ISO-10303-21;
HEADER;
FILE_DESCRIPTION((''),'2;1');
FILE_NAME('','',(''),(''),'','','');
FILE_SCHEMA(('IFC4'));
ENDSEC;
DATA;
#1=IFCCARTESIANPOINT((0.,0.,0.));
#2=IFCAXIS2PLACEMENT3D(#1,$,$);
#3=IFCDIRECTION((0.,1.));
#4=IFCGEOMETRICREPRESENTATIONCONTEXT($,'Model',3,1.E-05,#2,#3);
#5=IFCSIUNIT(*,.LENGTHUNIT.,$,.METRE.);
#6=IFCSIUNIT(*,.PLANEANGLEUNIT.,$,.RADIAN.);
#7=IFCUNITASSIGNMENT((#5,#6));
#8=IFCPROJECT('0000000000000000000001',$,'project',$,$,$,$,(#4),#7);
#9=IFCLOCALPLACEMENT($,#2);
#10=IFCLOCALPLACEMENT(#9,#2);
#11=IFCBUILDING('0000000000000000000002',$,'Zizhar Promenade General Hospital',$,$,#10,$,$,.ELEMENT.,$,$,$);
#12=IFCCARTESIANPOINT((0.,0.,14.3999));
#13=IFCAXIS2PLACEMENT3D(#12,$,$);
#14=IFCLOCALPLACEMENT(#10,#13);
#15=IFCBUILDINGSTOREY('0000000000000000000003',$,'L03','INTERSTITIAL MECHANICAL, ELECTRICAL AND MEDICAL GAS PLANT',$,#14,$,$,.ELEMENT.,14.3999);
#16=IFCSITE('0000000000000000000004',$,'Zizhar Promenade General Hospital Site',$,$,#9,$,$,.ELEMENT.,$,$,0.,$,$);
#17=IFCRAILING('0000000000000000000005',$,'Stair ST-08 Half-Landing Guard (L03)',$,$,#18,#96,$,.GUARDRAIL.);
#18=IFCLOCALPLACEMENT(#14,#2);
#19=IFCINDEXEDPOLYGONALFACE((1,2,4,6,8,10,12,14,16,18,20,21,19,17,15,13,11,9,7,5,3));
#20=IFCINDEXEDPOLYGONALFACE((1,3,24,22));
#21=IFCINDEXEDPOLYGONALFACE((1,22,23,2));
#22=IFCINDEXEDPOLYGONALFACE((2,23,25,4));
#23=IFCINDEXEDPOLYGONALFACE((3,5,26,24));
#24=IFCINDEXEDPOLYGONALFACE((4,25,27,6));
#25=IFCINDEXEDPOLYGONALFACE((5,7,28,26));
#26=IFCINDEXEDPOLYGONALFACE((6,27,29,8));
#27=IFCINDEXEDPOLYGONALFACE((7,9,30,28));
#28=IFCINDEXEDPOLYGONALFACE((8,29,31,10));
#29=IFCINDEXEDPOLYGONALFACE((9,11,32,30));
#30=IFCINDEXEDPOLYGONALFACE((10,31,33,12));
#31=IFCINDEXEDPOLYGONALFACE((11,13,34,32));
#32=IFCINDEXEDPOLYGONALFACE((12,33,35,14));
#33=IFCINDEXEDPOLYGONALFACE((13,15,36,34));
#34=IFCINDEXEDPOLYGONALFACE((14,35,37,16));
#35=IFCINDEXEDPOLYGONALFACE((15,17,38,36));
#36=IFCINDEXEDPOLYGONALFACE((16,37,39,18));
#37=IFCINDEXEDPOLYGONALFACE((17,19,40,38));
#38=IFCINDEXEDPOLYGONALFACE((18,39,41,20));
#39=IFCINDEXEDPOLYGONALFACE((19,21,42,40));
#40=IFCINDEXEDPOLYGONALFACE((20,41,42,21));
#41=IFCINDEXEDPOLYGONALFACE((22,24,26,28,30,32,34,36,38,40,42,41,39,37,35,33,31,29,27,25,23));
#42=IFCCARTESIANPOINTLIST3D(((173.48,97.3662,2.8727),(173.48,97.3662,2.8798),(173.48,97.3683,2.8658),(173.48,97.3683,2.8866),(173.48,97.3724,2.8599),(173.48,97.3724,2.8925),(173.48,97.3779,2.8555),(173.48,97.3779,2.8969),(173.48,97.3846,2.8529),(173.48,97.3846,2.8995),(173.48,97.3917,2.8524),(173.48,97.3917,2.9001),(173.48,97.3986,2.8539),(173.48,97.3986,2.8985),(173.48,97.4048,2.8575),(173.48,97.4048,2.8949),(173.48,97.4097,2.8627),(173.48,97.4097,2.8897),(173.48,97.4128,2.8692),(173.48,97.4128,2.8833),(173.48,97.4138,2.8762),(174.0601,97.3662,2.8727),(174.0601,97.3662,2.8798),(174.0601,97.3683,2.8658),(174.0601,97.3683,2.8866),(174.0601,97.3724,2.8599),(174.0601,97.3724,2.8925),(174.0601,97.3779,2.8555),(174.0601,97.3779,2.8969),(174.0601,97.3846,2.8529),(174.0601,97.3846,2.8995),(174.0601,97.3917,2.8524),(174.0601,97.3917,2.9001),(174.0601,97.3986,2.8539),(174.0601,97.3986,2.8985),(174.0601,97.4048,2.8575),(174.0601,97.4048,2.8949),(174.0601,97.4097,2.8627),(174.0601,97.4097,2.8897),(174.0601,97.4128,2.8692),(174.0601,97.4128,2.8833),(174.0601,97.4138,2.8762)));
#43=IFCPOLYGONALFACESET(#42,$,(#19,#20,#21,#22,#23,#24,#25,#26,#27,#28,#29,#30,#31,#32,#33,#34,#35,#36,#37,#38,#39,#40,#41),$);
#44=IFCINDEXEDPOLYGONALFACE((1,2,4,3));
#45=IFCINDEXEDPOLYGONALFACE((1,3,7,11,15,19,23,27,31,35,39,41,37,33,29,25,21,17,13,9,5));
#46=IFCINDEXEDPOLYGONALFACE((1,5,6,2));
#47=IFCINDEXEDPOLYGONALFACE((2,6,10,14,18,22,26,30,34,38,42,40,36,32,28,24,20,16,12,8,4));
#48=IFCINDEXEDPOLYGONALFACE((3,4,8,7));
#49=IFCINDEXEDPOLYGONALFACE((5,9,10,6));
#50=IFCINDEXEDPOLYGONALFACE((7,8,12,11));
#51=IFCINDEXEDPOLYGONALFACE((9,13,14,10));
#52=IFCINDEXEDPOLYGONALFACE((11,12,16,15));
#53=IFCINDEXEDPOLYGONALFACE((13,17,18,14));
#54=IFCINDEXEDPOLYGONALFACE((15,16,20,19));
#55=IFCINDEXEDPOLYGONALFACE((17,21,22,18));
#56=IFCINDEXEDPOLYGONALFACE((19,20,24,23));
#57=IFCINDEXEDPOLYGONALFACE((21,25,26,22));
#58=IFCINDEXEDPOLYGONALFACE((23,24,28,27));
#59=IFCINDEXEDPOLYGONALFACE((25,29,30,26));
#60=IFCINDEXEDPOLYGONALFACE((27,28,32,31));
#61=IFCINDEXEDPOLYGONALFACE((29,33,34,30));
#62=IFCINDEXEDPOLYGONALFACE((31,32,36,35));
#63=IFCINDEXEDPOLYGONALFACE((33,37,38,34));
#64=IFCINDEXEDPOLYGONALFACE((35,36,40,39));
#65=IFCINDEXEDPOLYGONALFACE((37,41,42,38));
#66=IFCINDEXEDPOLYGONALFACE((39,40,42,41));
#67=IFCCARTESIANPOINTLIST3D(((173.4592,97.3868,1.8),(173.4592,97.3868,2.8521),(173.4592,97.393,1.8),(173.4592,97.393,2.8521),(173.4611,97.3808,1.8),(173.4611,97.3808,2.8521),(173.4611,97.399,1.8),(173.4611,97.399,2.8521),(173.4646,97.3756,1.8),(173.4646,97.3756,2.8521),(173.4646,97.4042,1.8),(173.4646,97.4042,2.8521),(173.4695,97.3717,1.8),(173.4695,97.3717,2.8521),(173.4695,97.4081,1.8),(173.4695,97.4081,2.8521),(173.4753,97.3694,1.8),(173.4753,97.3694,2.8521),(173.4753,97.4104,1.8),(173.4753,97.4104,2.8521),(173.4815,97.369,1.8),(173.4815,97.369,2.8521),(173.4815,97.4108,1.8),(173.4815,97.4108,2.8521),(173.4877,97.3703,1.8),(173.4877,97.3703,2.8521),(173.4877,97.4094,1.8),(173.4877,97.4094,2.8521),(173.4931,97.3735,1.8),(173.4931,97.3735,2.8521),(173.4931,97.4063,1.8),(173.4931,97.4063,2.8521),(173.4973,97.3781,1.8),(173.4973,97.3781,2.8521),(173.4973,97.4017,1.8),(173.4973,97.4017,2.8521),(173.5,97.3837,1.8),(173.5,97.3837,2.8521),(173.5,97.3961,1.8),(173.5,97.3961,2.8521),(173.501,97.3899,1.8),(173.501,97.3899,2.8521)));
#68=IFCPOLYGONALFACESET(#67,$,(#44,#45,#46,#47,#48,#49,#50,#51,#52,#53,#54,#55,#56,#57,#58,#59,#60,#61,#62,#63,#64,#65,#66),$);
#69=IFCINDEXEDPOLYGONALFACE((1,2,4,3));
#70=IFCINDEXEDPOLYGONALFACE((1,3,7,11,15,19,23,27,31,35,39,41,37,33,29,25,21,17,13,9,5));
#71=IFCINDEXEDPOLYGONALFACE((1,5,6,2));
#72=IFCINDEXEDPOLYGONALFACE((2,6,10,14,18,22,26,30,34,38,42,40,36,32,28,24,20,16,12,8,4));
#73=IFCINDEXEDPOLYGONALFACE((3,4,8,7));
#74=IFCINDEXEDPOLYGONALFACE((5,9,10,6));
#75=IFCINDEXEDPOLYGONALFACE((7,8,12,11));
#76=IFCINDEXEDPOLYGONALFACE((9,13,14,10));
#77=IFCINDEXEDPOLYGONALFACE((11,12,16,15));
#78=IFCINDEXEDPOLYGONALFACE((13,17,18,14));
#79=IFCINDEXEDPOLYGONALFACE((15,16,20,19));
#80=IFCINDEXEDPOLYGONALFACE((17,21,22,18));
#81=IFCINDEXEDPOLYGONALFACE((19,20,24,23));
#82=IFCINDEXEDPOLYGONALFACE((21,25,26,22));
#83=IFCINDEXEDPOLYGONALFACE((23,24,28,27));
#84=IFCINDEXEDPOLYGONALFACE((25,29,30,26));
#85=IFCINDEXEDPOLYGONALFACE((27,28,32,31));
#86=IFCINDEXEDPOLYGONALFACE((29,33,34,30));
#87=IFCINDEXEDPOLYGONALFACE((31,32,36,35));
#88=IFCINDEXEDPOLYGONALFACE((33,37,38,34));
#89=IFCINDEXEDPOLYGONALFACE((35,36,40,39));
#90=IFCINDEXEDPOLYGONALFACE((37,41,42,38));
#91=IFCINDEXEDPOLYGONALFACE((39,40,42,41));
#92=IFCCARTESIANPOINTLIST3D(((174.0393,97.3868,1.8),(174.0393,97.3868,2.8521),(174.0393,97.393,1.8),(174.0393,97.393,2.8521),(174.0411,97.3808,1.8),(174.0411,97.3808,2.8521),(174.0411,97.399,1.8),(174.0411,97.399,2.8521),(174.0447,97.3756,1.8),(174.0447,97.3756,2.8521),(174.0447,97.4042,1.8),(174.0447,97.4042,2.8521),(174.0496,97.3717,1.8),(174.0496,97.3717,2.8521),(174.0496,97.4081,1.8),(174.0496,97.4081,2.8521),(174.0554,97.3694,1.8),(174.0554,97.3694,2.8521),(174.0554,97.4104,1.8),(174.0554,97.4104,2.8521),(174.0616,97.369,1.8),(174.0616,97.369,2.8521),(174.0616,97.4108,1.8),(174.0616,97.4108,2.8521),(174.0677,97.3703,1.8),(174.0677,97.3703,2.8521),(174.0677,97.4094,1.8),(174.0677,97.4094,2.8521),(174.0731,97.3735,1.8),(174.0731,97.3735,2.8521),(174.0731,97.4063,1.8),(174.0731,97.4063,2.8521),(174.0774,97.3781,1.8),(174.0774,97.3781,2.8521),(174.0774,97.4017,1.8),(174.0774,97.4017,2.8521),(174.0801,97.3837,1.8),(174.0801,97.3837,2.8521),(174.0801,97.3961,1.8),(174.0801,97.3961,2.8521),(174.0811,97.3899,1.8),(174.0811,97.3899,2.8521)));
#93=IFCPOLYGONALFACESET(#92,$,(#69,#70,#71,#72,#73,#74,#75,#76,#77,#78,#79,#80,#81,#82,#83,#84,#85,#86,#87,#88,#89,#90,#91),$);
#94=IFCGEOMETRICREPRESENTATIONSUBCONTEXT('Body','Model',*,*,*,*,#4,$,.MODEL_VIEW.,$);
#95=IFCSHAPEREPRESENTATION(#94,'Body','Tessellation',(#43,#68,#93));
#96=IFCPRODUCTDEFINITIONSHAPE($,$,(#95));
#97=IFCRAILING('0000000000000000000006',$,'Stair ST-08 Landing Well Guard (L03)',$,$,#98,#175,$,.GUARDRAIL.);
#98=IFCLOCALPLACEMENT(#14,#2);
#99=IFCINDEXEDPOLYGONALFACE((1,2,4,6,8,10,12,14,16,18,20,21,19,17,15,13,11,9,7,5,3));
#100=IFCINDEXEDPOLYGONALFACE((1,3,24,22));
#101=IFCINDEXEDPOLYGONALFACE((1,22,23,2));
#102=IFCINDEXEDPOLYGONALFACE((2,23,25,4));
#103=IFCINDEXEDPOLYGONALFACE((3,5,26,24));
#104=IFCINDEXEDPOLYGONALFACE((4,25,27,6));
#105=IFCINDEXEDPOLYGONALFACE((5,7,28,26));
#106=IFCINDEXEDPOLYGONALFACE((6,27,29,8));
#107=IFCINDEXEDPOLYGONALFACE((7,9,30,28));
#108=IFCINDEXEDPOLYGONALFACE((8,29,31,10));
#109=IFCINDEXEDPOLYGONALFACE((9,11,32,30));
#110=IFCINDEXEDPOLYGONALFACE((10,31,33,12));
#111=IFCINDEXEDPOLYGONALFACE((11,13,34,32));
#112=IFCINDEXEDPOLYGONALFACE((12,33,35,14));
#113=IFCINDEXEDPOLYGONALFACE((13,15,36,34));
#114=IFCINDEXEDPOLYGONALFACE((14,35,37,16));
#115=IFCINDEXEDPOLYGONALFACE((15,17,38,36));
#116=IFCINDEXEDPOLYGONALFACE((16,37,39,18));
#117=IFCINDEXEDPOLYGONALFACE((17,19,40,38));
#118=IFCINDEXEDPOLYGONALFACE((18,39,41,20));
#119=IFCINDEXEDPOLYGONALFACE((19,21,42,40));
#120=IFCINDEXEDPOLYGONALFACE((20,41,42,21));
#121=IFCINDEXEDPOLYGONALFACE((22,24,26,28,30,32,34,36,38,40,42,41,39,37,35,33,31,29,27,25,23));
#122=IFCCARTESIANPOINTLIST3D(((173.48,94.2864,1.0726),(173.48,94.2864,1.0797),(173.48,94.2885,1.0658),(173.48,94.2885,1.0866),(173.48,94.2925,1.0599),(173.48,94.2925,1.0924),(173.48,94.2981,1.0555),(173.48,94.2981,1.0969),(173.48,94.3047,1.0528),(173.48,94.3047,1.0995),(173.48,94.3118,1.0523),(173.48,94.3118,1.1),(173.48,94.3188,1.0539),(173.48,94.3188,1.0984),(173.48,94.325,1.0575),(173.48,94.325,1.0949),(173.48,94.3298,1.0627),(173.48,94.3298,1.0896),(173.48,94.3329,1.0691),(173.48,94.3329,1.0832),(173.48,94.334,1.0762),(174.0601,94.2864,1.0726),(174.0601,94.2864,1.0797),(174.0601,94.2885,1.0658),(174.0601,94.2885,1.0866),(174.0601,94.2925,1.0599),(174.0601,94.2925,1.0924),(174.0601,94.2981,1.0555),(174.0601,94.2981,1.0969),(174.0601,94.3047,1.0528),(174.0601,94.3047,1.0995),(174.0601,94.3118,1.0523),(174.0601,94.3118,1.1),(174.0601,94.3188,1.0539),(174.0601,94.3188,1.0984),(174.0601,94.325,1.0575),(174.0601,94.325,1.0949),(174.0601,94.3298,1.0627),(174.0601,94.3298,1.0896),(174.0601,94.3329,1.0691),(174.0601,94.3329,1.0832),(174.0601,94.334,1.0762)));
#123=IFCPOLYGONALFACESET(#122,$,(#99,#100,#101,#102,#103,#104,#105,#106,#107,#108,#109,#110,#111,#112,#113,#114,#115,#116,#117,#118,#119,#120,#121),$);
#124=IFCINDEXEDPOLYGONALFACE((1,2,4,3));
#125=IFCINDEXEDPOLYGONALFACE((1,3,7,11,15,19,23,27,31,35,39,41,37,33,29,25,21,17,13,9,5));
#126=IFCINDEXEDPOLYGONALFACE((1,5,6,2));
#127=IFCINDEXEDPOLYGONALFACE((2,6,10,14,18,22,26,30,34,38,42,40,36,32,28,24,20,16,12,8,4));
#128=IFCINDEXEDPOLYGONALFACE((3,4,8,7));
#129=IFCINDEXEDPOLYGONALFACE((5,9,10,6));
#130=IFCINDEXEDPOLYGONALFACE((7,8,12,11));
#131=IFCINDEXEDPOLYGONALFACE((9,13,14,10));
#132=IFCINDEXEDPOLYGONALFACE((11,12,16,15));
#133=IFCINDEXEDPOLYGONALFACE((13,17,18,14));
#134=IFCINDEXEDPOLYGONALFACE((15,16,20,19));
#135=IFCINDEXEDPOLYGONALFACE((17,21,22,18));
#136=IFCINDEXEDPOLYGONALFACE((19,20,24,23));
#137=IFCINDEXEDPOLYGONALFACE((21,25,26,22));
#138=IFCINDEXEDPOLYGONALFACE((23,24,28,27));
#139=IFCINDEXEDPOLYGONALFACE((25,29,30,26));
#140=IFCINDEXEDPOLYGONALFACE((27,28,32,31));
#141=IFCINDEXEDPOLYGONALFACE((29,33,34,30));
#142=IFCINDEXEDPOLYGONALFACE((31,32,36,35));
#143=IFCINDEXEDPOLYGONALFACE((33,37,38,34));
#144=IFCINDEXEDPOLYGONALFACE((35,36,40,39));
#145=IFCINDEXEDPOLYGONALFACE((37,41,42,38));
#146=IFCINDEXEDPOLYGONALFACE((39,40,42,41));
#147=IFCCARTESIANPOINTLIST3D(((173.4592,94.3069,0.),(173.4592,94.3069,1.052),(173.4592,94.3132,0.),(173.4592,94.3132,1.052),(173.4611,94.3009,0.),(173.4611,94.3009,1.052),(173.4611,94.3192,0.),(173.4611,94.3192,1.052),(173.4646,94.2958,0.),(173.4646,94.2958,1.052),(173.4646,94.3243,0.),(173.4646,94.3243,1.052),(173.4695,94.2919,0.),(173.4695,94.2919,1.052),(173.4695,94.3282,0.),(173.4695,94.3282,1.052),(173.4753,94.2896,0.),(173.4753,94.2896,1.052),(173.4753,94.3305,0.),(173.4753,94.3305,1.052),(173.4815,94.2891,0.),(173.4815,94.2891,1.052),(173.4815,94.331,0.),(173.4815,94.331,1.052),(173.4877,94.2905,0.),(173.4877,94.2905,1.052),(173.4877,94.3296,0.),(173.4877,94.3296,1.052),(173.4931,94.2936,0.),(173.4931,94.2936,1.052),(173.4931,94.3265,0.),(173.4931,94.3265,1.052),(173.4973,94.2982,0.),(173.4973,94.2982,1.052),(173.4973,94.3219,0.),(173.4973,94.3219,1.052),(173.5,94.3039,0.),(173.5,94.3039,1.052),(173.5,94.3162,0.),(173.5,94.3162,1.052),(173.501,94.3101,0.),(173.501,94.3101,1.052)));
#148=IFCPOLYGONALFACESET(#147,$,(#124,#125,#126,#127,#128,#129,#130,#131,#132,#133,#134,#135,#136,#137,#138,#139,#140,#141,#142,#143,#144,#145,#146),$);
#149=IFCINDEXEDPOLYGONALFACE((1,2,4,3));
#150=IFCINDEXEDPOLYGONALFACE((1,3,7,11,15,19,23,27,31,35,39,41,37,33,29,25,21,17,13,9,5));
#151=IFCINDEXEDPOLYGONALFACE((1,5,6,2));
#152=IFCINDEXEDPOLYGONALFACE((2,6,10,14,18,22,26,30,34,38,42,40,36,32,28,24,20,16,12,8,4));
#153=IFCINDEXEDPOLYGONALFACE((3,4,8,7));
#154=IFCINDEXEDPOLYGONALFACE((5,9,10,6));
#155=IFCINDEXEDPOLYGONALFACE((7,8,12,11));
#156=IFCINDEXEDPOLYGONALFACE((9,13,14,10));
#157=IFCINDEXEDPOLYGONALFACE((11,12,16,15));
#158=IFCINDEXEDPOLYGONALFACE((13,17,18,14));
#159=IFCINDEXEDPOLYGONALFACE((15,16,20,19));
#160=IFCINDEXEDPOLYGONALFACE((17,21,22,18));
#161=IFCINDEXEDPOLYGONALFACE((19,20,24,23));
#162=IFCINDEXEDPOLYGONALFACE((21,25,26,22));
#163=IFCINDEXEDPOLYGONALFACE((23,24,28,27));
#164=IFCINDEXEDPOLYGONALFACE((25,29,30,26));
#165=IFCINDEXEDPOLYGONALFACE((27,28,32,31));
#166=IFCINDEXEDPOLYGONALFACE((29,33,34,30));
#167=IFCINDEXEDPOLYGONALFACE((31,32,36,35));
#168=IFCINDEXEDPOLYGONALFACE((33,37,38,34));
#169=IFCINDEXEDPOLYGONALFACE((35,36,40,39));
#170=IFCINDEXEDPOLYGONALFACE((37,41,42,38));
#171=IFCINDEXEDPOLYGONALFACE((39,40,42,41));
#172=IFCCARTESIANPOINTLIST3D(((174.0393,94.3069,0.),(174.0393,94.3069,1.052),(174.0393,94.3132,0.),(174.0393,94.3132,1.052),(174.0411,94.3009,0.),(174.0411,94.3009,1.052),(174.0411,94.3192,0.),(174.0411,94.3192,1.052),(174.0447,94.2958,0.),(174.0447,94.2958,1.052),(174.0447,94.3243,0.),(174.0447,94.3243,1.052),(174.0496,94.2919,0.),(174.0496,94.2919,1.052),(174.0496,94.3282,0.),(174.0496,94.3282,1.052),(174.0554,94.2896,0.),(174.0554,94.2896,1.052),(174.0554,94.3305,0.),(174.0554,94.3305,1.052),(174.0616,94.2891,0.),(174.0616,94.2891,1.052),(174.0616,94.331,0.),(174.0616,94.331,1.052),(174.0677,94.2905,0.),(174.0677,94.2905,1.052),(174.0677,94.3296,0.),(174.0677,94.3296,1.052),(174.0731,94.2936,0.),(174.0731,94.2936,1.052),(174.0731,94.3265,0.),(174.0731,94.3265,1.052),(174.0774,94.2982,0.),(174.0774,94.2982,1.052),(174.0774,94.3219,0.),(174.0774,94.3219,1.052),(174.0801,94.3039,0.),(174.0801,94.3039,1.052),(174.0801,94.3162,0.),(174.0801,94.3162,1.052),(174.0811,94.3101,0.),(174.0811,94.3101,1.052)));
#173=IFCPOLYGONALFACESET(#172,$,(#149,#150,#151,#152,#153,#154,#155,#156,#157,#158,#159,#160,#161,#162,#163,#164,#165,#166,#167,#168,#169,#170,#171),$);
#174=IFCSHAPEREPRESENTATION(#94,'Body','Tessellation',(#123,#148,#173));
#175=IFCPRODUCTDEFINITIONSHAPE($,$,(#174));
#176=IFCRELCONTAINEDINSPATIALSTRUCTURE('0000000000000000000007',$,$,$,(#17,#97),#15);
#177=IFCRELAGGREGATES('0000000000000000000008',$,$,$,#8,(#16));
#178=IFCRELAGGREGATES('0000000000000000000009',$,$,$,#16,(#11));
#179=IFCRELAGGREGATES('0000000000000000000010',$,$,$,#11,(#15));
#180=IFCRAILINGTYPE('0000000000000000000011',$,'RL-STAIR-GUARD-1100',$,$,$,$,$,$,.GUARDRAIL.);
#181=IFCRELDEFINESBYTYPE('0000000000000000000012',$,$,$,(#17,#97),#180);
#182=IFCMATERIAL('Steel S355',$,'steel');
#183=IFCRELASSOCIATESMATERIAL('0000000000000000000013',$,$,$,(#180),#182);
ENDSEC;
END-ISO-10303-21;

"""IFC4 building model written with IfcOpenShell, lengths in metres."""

from ifc_helpers import new_model, si_unit, direction, frame, origin, origin_2d, place, context, subcontext, project, spatial, circle, hollow_circle, extrude, material, material_profile, profile_set, type_object, element, save


model = new_model("IFC4")

# Units and contexts
model_context = context("Model", 3, precision=1e-05, world=origin(), true_north=direction((0.0, 1.0)))
body_context = subcontext(model_context, "Body", "Model", "MODEL_VIEW")
ifc_project = project(units=[si_unit("LENGTHUNIT", "METRE"), si_unit("PLANEANGLEUNIT", "RADIAN")], contexts=[model_context])

# Site, building, storey
site_placement = place(None, origin())
site = spatial("IfcSite", under=ifc_project, at=site_placement, Name="Zizhar Promenade General Hospital Site", CompositionType="ELEMENT", RefElevation=0.0)
building_placement = place(site_placement, origin())
building = spatial("IfcBuilding", under=site, at=building_placement, Name="Zizhar Promenade General Hospital", CompositionType="ELEMENT")
storey_placement = place(building_placement, frame((0.0, 0.0, 14.3999)))
storey = spatial("IfcBuildingStorey", under=building, at=storey_placement, Name="L03", Description="INTERSTITIAL MECHANICAL, ELECTRICAL AND MEDICAL GAS PLANT", CompositionType="ELEMENT", Elevation=14.3999)

# Railings
ifc_material_1 = material(Name="Steel S355", Category="steel")
ifc_material_profile_1 = material_profile(ifc_material_1, hollow_circle(Radius=0.0698, WallThickness=0.0063, at=origin_2d()))
ifc_profile_set_1 = profile_set([ifc_material_profile_1], Name="Steel S355")
railing_type_1 = type_object("IfcRailingType", Name="RL-STAIR-GUARD-1100", PredefinedType="GUARDRAIL", material=ifc_profile_set_1)
for number, where, name in (
    (1, (173.48, 97.3899, 1.8), "Stair ST-08 Half-Landing Guard (L03)"),
    (2, (173.48, 94.3101, 0.0), "Stair ST-08 Landing Well Guard (L03)"),
):
    element("IfcRailing", number, at=place(storey_placement, frame(where)), inside=storey, type_object=railing_type_1, Name=name, PredefinedType="GUARDRAIL", context=body_context, shape_type="SweptSolid", body=[
        extrude(circle(Radius=0.0239, at=origin_2d()), frame((0.0, 0.0, 1.0762), z_axis=(1.0, 0.0, 0.0), x_axis=(0.0, 1.0, 0.0)), (0.0, 0.0, 1.0), 0.5801),
        extrude(circle(Radius=0.021, at=origin_2d()), origin(), (0.0, 0.0, 1.0), 1.052),
        extrude(circle(Radius=0.021, at=origin_2d()), frame((0.5801, 0.0, 0.0)), (0.0, 0.0, 1.0), 1.052),
    ])

save(model, "model.ifc")
